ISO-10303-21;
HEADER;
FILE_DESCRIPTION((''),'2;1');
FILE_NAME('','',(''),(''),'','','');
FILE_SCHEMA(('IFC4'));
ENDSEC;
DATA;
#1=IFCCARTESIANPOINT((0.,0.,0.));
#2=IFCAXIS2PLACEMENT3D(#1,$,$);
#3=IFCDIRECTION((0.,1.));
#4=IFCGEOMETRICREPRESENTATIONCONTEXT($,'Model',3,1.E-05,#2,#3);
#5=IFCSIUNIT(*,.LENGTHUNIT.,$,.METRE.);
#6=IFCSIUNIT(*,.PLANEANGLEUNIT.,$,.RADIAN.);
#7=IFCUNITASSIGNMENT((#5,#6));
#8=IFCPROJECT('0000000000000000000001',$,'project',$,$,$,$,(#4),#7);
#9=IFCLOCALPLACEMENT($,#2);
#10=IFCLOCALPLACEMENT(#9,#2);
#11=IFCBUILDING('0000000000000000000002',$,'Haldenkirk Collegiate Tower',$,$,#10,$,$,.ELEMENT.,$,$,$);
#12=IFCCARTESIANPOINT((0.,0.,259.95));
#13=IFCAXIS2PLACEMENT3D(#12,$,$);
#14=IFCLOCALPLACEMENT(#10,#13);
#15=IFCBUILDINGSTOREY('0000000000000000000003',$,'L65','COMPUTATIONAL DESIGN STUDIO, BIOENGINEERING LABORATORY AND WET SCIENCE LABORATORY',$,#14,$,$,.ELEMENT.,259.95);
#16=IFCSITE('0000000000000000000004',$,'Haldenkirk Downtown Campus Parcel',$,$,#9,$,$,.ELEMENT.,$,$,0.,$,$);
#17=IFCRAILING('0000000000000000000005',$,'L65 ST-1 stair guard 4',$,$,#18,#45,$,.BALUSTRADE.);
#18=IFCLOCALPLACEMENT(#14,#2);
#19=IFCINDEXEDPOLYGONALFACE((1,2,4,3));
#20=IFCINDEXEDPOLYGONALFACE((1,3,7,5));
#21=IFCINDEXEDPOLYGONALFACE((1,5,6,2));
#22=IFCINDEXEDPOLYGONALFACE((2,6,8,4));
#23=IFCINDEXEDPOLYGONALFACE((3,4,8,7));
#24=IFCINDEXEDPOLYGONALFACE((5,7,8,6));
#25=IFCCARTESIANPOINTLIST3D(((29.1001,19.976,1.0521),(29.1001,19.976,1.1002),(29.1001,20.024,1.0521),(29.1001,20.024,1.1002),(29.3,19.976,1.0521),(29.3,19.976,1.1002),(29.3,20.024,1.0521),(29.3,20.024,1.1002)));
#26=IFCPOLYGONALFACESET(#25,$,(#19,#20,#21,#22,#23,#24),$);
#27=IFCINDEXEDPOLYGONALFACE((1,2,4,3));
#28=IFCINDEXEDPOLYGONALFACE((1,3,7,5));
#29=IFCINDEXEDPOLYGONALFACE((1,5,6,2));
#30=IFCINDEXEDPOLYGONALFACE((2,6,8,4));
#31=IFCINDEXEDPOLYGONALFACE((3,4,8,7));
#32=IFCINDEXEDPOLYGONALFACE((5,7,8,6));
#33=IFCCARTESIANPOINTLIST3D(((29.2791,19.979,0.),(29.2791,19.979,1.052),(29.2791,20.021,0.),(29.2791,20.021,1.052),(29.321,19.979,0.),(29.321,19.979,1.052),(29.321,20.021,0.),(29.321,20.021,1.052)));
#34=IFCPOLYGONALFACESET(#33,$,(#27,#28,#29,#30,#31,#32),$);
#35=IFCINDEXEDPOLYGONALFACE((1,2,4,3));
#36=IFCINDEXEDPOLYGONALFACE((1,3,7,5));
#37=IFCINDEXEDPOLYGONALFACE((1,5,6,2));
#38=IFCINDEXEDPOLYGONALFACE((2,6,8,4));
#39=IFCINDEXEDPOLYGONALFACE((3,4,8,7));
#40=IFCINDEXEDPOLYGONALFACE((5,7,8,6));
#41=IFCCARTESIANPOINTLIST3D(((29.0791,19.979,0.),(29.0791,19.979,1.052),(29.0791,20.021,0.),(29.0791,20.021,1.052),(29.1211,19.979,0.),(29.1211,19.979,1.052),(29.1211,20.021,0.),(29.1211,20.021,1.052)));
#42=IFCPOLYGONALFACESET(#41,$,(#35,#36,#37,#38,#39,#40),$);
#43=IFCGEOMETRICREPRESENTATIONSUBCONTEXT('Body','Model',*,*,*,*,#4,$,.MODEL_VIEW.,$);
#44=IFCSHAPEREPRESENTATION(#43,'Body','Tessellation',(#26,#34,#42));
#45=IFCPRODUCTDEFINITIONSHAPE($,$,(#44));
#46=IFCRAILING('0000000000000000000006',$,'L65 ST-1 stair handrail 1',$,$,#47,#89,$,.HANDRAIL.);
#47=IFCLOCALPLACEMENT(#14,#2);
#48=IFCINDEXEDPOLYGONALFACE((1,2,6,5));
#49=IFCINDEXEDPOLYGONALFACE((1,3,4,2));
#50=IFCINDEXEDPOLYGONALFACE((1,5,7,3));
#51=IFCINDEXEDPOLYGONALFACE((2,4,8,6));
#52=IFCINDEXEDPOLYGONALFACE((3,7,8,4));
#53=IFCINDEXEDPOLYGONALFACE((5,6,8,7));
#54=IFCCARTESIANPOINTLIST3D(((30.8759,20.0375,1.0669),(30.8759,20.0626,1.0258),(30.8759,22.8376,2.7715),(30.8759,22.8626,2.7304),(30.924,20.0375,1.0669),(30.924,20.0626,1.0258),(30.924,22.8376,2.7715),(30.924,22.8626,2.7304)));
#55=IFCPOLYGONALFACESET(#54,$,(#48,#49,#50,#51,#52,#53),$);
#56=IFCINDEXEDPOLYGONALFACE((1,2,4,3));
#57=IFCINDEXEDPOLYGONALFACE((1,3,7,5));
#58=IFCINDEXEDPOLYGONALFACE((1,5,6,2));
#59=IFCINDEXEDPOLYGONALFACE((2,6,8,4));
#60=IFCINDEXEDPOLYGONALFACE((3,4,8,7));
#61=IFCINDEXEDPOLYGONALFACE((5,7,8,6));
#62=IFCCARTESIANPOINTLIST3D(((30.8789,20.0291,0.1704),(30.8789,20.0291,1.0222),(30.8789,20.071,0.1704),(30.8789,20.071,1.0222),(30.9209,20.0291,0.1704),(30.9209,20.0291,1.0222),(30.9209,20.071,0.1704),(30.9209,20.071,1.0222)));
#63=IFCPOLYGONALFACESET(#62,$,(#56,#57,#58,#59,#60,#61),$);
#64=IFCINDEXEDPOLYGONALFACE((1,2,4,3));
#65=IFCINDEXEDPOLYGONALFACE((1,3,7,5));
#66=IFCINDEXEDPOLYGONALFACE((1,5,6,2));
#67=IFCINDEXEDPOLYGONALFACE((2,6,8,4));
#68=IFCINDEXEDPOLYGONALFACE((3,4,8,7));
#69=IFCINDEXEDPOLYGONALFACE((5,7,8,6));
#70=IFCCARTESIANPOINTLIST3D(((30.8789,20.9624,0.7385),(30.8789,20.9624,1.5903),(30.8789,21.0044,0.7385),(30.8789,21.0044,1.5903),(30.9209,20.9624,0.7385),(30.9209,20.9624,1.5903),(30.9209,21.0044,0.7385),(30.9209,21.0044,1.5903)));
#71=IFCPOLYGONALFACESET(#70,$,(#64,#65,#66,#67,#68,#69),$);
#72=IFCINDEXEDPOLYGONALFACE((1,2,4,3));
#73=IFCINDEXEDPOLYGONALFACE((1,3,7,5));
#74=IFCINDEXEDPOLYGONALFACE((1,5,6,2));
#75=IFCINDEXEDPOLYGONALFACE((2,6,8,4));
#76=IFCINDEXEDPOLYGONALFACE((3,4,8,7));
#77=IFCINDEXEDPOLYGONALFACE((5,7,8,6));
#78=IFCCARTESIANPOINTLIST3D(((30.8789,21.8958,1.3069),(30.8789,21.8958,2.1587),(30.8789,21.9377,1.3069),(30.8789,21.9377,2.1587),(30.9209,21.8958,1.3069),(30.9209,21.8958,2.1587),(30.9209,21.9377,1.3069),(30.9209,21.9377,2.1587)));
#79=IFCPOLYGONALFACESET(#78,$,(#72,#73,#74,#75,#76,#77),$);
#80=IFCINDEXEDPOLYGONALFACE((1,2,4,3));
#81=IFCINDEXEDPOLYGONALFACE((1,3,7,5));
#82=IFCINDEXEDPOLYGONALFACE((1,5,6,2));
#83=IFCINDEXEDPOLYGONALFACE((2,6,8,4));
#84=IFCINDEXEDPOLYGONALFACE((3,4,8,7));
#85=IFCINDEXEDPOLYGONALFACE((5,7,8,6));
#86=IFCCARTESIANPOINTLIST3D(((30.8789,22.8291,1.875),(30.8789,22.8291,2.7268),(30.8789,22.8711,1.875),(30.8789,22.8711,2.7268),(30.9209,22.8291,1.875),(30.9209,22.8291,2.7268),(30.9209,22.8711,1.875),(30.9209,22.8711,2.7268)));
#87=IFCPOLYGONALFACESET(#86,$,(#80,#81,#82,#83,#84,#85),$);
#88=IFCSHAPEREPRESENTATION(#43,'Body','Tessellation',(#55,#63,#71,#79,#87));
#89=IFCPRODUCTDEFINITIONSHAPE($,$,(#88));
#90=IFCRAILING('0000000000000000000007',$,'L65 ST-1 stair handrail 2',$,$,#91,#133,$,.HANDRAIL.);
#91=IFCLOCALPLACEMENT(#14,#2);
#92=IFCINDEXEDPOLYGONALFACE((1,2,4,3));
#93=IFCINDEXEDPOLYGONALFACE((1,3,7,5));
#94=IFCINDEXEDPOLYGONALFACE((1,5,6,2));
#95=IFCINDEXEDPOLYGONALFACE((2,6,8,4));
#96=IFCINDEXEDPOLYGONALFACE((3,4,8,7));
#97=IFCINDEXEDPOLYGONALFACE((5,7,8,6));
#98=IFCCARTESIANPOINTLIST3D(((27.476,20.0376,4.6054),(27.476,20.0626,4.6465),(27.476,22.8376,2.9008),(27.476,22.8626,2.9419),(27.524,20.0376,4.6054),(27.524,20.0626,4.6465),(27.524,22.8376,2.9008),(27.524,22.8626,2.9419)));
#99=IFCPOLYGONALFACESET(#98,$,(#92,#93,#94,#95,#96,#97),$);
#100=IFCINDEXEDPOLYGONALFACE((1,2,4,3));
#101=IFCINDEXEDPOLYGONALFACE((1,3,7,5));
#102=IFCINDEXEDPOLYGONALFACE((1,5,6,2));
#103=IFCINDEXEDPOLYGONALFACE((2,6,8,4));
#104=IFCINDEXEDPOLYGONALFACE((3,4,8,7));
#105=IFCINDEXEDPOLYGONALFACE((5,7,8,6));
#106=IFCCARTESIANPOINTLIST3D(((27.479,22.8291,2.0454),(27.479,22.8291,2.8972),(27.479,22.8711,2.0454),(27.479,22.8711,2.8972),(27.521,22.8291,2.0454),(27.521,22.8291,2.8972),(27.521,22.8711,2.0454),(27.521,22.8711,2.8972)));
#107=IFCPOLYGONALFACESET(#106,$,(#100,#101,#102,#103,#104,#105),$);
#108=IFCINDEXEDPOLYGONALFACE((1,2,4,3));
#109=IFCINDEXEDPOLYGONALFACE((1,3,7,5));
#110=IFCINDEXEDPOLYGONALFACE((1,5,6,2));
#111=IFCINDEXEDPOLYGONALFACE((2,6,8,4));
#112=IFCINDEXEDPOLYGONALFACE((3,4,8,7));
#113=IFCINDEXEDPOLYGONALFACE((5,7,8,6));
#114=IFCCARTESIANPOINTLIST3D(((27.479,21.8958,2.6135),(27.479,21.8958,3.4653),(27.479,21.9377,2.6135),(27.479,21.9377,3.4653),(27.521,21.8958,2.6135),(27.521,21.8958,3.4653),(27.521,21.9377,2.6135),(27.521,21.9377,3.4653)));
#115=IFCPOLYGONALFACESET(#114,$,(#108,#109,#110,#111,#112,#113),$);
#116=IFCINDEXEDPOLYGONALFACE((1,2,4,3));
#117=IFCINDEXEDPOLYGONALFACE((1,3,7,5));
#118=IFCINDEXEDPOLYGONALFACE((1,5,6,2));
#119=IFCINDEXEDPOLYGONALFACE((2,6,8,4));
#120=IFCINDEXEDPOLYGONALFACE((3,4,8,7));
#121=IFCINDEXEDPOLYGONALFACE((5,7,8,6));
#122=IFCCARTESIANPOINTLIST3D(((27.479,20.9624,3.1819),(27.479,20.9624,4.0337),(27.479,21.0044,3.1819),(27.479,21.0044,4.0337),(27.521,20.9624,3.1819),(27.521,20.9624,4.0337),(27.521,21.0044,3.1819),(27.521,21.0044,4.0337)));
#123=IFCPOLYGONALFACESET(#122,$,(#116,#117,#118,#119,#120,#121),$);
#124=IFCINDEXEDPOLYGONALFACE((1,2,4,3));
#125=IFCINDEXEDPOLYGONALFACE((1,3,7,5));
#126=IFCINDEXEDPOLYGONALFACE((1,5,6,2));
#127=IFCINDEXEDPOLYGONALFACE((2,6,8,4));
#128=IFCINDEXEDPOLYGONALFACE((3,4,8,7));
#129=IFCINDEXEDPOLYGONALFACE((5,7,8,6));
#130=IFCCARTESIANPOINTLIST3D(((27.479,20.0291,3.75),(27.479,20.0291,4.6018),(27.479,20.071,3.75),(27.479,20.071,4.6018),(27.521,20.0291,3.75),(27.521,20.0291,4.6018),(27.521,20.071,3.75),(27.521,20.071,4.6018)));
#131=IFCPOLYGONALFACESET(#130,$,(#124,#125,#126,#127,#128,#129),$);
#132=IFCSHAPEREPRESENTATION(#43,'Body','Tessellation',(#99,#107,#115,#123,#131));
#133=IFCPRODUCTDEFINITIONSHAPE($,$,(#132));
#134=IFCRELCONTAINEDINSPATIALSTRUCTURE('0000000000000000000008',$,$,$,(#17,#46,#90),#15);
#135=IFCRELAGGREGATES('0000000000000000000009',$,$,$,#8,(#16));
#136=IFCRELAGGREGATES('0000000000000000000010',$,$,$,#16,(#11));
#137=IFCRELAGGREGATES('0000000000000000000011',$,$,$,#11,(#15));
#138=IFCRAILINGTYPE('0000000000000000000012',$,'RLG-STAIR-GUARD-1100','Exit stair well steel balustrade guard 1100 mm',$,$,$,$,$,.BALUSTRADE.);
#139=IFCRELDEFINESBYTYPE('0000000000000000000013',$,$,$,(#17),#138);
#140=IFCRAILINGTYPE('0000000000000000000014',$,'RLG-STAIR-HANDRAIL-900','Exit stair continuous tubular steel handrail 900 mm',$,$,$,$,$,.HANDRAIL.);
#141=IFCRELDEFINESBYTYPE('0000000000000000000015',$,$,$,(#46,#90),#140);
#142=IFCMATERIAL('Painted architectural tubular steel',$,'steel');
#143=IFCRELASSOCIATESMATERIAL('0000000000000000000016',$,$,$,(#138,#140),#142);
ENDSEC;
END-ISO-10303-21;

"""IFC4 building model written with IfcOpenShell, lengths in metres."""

from ifc_helpers import new_model, si_unit, direction, frame, origin, origin_2d, place, context, subcontext, project, spatial, rectangle, extrude, material, type_object, element, save


model = new_model("IFC4")

# Units and contexts
model_context = context("Model", 3, precision=1e-05, world=origin(), true_north=direction((0.0, 1.0)))
body_context = subcontext(model_context, "Body", "Model", "MODEL_VIEW")
ifc_project = project(units=[si_unit("LENGTHUNIT", "METRE"), si_unit("PLANEANGLEUNIT", "RADIAN")], contexts=[model_context])

# Site, building, storey
site_placement = place(None, origin())
site = spatial("IfcSite", under=ifc_project, at=site_placement, Name="Haldenkirk Downtown Campus Parcel", CompositionType="ELEMENT", RefElevation=0.0)
building_placement = place(site_placement, origin())
building = spatial("IfcBuilding", under=site, at=building_placement, Name="Haldenkirk Collegiate Tower", CompositionType="ELEMENT")
storey_placement = place(building_placement, frame((0.0, 0.0, 259.95)))
storey = spatial("IfcBuildingStorey", under=building, at=storey_placement, Name="L65", Description="COMPUTATIONAL DESIGN STUDIO, BIOENGINEERING LABORATORY AND WET SCIENCE LABORATORY", CompositionType="ELEMENT", Elevation=259.95)

# Railings
ifc_material_1 = material(Name="Painted architectural tubular steel", Category="steel")
railing_type_1 = type_object("IfcRailingType", Name="RLG-STAIR-GUARD-1100", Description="Exit stair well steel balustrade guard 1100 mm", PredefinedType="BALUSTRADE", material=ifc_material_1)
railing_1_placement = place(storey_placement, frame((29.3, 20.0, 0.0)))
element("IfcRailing", 1, at=railing_1_placement, inside=storey, type_object=railing_type_1, Name="L65 ST-1 stair guard 4", PredefinedType="BALUSTRADE", context=body_context, shape_type="SweptSolid", body=[
    extrude(rectangle(XDim=0.0481, YDim=0.0481, at=origin_2d()), frame((0.0, 0.0, 1.0762), z_axis=(-1.0, 0.0, 0.0), x_axis=(0.0, -1.0, 0.0)), (0.0, 0.0, 1.0), 0.2),
    extrude(rectangle(XDim=0.042, YDim=0.042, at=origin_2d()), origin(), (0.0, 0.0, 1.0), 1.052),
    extrude(rectangle(XDim=0.042, YDim=0.042, at=origin_2d()), frame((-0.2, 0.0, 0.0)), (0.0, 0.0, 1.0), 1.052),
])
railing_type_2 = type_object("IfcRailingType", Name="RLG-STAIR-HANDRAIL-900", Description="Exit stair continuous tubular steel handrail 900 mm", PredefinedType="HANDRAIL", material=ifc_material_1)
railing_2_placement = place(storey_placement, frame((30.8999, 20.05, 0.1704)))
element("IfcRailing", 2, at=railing_2_placement, inside=storey, type_object=railing_type_2, Name="L65 ST-1 stair handrail 1", PredefinedType="HANDRAIL", context=body_context, shape_type="SweptSolid", body=[
    extrude(rectangle(XDim=0.0481, YDim=0.0481, at=origin_2d()), frame((0.0, 0.0, 0.876), z_axis=(0.0, 0.85417, 0.519994), x_axis=(-1.0, 0.0, 0.0)), (0.0, 0.0, 1.0), 3.2781),
    extrude(rectangle(XDim=0.042, YDim=0.042, at=origin_2d()), origin(), (0.0, 0.0, 1.0), 0.8518),
    extrude(rectangle(XDim=0.042, YDim=0.042, at=origin_2d()), frame((0.0, 0.9333, 0.5681)), (0.0, 0.0, 1.0), 0.8518),
    extrude(rectangle(XDim=0.042, YDim=0.042, at=origin_2d()), frame((0.0, 1.8667, 1.1365)), (0.0, 0.0, 1.0), 0.8518),
    extrude(rectangle(XDim=0.042, YDim=0.042, at=origin_2d()), frame((0.0, 2.8, 1.7046)), (0.0, 0.0, 1.0), 0.8518),
])
railing_3_placement = place(storey_placement, frame((27.5, 22.8501, 2.0454)))
element("IfcRailing", 3, at=railing_3_placement, inside=storey, type_object=railing_type_2, Name="L65 ST-1 stair handrail 2", PredefinedType="HANDRAIL", context=body_context, shape_type="SweptSolid", body=[
    extrude(rectangle(XDim=0.0481, YDim=0.0481, at=origin_2d()), frame((0.0, 0.0, 0.876), z_axis=(0.0, -0.85417, 0.519994), x_axis=(1.0, 0.0, 0.0)), (0.0, 0.0, 1.0), 3.2781),
    extrude(rectangle(XDim=0.042, YDim=0.042, at=origin_2d()), origin(), (0.0, 0.0, 1.0), 0.8518),
    extrude(rectangle(XDim=0.042, YDim=0.042, at=origin_2d()), frame((0.0, -0.9333, 0.5681)), (0.0, 0.0, 1.0), 0.8518),
    extrude(rectangle(XDim=0.042, YDim=0.042, at=origin_2d()), frame((0.0, -1.8667, 1.1365)), (0.0, 0.0, 1.0), 0.8518),
    extrude(rectangle(XDim=0.042, YDim=0.042, at=origin_2d()), frame((0.0, -2.8, 1.7046)), (0.0, 0.0, 1.0), 0.8518),
])

save(model, "model.ifc")
